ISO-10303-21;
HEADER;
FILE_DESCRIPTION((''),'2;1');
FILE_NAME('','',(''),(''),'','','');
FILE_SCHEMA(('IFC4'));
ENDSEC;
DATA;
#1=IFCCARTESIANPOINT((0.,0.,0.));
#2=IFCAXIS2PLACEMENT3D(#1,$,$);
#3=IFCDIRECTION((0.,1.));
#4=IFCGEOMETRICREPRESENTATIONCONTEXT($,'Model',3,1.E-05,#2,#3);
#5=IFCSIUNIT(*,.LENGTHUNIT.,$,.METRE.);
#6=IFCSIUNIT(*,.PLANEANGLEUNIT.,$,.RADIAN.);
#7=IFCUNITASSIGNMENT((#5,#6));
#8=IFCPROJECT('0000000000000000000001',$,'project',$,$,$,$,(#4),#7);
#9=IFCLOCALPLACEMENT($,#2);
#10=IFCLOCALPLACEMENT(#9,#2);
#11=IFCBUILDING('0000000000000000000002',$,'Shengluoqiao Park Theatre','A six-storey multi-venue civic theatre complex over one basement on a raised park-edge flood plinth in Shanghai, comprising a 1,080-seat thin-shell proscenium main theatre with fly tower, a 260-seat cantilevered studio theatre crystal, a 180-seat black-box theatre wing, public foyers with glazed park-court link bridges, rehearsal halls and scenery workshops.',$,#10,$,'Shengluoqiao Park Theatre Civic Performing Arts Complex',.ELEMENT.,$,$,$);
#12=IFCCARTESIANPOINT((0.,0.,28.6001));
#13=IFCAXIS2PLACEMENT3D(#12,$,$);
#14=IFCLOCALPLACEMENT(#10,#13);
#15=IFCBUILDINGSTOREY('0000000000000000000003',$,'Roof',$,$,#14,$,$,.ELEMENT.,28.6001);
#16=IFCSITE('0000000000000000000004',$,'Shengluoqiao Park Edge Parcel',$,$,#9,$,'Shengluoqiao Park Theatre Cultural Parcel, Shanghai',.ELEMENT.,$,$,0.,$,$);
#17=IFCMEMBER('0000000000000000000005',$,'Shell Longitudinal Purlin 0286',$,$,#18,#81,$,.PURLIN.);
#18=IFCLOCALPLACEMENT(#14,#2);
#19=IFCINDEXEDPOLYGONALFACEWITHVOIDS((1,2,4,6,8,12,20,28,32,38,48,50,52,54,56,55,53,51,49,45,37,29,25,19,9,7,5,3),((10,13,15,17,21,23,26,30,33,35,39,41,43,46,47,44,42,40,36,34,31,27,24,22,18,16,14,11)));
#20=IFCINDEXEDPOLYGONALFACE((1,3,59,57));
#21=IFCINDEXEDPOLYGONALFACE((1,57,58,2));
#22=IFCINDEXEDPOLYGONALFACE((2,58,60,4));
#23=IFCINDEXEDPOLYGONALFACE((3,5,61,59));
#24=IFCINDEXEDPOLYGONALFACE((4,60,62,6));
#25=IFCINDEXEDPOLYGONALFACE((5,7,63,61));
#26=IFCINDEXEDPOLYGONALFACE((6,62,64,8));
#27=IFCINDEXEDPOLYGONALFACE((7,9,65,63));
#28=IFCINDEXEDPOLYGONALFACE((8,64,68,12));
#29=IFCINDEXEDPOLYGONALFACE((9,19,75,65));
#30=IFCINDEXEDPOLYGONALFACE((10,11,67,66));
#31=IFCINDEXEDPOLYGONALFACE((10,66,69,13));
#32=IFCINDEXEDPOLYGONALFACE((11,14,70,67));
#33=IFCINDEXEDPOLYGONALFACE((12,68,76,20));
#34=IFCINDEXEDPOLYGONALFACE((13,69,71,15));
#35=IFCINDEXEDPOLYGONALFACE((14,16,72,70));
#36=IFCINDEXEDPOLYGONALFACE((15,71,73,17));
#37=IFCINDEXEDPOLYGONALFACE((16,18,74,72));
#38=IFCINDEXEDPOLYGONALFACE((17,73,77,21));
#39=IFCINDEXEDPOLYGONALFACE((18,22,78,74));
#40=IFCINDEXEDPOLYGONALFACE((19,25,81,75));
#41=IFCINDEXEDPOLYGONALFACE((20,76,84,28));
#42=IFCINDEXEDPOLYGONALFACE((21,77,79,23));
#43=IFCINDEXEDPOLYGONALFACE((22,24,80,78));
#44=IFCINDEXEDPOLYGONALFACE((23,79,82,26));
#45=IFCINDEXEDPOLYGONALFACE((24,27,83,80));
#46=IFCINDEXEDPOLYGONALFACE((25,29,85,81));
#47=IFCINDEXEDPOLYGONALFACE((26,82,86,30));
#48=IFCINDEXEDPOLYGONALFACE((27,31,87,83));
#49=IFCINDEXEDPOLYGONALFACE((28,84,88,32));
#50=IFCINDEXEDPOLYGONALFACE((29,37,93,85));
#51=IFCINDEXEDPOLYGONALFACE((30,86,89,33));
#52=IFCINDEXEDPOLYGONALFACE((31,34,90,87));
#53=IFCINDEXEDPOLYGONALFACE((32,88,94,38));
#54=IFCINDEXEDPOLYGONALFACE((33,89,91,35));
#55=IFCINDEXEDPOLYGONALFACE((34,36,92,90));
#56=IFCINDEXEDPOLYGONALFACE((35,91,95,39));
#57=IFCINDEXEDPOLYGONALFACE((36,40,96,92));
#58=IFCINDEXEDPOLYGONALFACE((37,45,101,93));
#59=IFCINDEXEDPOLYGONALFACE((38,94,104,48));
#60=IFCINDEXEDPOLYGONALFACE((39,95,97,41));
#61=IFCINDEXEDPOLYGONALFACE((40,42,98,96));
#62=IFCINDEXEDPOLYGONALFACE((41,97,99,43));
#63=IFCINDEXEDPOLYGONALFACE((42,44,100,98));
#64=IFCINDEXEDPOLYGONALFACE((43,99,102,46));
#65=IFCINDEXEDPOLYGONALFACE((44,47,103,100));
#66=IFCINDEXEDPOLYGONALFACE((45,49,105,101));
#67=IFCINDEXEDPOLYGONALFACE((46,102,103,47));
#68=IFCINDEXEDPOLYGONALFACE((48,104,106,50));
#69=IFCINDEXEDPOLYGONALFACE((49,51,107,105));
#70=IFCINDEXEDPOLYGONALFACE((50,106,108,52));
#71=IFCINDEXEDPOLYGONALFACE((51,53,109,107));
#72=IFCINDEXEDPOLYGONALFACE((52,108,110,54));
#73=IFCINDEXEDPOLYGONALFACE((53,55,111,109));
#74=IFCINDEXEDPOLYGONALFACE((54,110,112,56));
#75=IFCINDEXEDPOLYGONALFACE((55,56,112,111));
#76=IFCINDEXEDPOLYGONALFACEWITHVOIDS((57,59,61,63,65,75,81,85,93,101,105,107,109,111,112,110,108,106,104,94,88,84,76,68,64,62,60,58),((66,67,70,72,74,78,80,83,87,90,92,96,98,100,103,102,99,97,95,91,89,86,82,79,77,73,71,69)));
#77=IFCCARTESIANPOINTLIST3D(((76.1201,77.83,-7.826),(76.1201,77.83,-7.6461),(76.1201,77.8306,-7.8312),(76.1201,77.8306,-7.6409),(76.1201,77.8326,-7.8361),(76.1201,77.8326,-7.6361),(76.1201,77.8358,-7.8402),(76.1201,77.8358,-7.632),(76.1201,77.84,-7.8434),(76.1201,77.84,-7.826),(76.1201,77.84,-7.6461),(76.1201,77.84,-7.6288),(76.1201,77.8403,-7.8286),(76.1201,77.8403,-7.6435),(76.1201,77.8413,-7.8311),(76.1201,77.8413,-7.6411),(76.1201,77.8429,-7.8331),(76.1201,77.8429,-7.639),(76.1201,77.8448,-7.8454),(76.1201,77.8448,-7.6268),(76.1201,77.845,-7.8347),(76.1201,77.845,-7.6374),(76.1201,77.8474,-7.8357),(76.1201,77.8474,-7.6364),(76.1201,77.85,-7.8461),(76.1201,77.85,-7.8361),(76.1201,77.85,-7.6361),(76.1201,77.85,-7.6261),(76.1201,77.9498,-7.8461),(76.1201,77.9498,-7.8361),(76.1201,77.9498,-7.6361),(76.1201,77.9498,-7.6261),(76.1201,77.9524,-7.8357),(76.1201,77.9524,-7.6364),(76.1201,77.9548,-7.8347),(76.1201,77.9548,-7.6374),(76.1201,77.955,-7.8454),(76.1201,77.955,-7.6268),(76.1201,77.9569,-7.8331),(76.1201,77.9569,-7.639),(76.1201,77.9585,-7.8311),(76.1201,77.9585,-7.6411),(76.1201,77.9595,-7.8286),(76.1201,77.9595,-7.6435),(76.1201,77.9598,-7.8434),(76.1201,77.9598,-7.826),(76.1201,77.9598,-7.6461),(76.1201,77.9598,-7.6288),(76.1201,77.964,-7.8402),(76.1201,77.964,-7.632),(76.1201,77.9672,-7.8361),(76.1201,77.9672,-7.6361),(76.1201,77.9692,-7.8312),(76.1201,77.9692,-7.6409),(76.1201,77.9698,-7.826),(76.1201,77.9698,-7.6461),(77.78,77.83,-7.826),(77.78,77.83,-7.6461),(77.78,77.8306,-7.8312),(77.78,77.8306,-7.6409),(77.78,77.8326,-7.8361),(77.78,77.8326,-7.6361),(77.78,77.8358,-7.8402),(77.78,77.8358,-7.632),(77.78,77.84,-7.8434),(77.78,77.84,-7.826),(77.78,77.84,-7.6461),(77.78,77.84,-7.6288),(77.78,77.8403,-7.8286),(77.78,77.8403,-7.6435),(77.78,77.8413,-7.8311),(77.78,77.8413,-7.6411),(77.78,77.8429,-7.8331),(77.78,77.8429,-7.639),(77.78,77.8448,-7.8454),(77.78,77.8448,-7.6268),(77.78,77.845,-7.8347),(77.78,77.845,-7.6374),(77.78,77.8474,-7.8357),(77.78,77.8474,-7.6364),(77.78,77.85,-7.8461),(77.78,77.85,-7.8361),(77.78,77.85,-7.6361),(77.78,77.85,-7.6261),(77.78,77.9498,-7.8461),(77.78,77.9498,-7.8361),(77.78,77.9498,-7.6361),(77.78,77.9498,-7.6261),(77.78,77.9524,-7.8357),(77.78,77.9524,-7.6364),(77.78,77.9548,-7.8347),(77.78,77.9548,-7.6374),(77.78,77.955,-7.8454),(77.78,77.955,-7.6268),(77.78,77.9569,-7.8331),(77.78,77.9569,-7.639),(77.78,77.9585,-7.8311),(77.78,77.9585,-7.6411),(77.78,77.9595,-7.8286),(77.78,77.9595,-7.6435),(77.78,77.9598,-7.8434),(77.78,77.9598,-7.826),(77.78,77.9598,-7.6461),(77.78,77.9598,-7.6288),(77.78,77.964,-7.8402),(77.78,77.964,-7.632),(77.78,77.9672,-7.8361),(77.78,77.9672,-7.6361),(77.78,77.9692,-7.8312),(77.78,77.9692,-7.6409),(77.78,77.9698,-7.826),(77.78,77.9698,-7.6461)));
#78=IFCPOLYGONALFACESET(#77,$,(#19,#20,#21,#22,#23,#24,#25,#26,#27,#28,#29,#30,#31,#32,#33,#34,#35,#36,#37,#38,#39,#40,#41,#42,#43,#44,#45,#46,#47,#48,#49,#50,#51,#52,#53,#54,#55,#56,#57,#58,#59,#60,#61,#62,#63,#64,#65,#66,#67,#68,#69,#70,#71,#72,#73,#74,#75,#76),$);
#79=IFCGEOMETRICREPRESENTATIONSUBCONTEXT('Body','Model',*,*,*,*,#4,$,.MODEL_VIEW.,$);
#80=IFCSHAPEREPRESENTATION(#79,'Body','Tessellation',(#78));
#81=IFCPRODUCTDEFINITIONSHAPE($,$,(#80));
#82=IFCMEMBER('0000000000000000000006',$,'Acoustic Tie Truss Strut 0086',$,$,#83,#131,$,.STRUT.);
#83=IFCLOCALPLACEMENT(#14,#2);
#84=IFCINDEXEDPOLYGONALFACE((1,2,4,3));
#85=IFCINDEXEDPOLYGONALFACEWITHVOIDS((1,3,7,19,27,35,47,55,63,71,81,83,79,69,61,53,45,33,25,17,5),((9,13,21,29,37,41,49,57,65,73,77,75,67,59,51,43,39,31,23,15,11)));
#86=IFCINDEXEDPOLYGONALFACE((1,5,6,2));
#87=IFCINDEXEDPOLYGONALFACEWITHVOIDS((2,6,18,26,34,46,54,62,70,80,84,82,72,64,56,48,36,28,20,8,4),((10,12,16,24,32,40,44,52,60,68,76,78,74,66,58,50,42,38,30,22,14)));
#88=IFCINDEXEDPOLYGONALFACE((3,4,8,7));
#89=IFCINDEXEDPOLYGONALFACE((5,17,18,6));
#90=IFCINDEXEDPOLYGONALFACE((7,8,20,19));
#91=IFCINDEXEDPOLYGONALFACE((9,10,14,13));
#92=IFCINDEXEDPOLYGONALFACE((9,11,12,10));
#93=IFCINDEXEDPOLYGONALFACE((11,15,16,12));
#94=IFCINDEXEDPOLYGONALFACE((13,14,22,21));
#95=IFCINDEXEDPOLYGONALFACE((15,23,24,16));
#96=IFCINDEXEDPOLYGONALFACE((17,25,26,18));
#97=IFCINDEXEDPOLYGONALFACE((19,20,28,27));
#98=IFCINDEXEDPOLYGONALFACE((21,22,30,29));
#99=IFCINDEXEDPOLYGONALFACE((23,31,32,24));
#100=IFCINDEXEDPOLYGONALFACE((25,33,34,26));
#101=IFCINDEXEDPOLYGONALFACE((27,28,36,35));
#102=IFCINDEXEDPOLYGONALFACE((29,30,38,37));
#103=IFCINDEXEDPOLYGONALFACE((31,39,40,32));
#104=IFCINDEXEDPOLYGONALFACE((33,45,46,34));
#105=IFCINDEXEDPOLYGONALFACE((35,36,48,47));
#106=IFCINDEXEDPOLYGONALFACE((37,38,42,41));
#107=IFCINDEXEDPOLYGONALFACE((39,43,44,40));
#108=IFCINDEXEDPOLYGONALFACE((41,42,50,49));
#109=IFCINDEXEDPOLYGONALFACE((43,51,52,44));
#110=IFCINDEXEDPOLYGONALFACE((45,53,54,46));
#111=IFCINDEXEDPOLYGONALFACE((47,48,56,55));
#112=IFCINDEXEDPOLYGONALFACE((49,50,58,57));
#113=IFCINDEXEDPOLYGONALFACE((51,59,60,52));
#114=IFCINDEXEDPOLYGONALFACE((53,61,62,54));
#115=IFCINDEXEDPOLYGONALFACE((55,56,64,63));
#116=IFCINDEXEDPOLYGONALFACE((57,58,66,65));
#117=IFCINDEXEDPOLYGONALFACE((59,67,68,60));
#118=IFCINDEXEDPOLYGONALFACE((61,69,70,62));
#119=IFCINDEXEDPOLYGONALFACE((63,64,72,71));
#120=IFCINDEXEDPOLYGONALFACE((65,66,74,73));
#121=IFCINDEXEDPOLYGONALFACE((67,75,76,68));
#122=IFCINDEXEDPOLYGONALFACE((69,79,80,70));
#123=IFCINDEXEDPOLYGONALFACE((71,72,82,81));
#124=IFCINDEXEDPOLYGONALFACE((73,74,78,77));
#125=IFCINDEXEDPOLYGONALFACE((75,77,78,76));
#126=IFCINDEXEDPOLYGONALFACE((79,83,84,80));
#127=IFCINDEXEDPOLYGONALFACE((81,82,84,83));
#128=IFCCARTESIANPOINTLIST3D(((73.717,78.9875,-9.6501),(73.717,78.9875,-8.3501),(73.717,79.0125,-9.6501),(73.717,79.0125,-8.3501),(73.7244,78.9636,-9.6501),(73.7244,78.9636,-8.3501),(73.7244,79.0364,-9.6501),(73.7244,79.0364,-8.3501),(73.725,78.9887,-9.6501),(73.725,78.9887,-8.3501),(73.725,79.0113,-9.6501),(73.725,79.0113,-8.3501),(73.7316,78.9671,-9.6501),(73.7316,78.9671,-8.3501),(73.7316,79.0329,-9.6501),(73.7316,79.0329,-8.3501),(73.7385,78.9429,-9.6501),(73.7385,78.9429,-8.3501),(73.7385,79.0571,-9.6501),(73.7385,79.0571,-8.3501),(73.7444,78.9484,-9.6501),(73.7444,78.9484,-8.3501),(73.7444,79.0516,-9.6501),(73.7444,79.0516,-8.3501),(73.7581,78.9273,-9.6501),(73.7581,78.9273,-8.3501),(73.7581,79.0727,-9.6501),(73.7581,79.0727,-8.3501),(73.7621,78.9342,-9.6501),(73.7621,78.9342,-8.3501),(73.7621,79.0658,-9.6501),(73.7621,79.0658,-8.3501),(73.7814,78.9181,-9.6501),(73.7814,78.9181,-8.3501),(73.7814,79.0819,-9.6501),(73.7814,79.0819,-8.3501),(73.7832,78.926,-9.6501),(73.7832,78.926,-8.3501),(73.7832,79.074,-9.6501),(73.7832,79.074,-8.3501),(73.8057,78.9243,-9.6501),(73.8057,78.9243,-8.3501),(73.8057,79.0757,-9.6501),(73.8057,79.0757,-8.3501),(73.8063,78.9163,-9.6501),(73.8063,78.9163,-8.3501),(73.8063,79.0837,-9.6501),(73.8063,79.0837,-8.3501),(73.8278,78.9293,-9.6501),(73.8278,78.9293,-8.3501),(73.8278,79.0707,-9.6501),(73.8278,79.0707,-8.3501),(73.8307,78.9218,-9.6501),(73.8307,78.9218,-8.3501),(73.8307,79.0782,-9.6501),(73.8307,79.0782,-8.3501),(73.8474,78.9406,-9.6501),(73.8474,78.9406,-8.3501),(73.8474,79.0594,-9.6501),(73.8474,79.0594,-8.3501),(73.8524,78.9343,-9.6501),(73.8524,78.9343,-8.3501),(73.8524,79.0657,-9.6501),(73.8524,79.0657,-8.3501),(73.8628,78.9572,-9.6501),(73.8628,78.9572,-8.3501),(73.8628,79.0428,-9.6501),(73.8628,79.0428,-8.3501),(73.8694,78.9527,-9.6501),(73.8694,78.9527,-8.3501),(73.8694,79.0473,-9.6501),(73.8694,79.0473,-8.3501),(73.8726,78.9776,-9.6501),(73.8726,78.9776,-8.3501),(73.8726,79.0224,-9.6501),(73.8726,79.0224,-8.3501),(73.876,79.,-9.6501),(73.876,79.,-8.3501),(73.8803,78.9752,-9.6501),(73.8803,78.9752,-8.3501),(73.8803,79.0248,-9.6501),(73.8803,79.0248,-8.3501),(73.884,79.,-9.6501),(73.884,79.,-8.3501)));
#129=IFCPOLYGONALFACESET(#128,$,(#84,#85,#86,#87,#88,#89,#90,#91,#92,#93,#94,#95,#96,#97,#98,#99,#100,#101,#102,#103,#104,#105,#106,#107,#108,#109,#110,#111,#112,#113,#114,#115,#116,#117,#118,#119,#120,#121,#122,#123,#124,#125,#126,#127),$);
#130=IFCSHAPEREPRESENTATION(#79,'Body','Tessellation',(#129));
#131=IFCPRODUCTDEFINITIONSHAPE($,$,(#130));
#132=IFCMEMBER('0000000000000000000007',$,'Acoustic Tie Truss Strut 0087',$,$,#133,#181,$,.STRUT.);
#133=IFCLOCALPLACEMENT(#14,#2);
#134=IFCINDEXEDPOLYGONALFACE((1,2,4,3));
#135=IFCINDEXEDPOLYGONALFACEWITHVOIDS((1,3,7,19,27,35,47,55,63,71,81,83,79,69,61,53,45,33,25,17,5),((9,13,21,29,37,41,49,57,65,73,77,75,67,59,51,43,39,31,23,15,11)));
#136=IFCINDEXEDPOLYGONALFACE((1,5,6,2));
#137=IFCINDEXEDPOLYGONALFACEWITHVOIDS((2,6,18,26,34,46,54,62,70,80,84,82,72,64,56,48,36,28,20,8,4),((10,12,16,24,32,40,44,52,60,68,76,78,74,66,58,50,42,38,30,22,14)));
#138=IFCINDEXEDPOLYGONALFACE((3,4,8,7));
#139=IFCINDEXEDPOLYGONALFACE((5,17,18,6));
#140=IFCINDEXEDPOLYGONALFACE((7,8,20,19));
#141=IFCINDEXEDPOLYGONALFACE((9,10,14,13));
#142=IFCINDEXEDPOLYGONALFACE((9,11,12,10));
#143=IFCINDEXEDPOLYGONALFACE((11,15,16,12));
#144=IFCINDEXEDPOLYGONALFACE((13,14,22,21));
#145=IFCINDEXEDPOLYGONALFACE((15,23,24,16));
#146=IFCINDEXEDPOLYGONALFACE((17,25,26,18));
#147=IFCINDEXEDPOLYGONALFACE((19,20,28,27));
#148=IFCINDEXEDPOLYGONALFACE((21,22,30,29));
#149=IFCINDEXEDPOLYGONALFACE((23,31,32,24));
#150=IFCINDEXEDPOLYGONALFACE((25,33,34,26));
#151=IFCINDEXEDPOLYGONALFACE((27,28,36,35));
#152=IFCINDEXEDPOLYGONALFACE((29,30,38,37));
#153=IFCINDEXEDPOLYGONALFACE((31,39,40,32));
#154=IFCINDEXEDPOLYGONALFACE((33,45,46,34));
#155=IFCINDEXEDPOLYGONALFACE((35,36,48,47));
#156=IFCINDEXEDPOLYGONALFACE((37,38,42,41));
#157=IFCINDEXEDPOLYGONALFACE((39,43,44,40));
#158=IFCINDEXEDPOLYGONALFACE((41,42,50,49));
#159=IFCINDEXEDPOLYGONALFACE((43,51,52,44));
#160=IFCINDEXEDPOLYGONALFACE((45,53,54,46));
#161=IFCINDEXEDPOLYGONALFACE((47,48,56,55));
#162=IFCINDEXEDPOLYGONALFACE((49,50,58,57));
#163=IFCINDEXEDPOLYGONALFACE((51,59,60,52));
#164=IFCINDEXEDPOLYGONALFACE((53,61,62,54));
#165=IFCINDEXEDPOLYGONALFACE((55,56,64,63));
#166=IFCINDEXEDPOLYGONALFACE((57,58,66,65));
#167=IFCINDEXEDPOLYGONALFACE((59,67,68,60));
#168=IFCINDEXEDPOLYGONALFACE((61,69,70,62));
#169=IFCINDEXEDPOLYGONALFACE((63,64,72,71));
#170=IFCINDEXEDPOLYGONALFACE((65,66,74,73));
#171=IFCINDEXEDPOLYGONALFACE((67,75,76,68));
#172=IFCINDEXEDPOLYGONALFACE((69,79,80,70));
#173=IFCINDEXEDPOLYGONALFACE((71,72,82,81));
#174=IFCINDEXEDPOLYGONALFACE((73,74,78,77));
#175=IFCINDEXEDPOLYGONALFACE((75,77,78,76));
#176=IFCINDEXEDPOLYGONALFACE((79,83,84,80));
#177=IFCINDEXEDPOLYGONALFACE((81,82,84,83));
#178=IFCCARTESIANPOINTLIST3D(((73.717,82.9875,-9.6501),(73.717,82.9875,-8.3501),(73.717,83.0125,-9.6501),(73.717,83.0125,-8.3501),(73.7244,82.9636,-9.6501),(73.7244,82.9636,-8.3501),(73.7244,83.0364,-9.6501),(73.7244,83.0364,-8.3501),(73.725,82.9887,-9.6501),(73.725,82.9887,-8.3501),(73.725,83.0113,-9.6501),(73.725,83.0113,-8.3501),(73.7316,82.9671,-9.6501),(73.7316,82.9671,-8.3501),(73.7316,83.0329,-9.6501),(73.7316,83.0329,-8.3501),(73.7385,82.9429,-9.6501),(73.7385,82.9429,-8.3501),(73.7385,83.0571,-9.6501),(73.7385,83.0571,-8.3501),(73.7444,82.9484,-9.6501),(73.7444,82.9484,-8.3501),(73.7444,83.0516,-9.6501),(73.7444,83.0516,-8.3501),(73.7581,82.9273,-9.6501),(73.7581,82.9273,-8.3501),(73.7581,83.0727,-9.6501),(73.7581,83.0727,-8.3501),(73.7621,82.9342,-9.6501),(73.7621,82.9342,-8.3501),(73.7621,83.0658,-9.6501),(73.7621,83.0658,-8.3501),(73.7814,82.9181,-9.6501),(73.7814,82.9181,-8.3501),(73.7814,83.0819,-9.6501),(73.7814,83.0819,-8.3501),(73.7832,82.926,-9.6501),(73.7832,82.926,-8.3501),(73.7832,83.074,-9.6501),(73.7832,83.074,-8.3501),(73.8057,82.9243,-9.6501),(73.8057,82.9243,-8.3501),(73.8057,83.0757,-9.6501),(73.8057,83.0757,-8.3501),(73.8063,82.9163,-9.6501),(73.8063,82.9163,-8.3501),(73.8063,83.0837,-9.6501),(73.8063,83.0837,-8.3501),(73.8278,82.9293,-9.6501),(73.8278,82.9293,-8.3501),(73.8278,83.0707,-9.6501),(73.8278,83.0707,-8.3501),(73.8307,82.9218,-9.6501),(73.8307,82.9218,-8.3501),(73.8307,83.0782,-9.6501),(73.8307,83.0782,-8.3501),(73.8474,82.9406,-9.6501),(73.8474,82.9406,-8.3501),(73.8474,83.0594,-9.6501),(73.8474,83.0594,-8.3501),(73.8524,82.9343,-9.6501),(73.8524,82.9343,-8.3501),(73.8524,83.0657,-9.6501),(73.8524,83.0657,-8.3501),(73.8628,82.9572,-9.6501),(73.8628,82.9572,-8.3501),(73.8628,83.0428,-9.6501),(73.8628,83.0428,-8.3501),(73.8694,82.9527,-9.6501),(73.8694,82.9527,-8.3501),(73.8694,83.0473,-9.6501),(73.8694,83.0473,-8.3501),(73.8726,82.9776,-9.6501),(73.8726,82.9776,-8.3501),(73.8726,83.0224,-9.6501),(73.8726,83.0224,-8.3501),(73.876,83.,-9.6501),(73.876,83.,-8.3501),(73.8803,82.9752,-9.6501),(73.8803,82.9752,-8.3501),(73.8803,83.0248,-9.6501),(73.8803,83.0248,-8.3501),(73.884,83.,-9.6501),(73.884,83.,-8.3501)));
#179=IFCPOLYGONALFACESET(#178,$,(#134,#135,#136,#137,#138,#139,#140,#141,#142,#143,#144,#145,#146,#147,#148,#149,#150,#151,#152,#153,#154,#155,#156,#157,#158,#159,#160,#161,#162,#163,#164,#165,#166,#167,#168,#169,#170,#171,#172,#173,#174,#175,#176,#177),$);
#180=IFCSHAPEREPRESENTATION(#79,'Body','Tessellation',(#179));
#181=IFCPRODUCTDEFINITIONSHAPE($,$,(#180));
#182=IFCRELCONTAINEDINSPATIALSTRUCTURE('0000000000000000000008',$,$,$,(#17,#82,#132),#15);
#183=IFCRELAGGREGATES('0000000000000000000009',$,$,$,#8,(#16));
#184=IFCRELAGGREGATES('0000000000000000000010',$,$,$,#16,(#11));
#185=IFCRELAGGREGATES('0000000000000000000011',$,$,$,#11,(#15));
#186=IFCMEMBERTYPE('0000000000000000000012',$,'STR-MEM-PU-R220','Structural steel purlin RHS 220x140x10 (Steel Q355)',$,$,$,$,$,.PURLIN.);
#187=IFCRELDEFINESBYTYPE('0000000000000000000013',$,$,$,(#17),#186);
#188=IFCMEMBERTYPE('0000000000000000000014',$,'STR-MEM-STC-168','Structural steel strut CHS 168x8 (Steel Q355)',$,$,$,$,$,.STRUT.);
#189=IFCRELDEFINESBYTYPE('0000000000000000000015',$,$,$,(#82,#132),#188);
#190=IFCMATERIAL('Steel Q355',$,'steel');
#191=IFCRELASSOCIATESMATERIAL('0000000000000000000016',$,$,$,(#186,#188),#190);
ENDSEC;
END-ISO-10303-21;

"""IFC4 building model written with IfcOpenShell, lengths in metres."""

from ifc_helpers import new_model, si_unit, direction, frame, origin, origin_2d, place, context, subcontext, project, spatial, hollow_rectangle, hollow_circle, extrude, material, material_profile, profile_set, type_object, element, save


model = new_model("IFC4")

# Units and contexts
model_context = context("Model", 3, precision=1e-05, world=origin(), true_north=direction((0.0, 1.0)))
body_context = subcontext(model_context, "Body", "Model", "MODEL_VIEW")
ifc_project = project(units=[si_unit("LENGTHUNIT", "METRE"), si_unit("PLANEANGLEUNIT", "RADIAN")], contexts=[model_context])

# Site, building, storey
site_placement = place(None, origin())
site = spatial("IfcSite", under=ifc_project, at=site_placement, Name="Shengluoqiao Park Edge Parcel", LongName="Shengluoqiao Park Theatre Cultural Parcel, Shanghai", CompositionType="ELEMENT", RefElevation=0.0)
building_placement = place(site_placement, origin())
building = spatial("IfcBuilding", under=site, at=building_placement, Name="Shengluoqiao Park Theatre", Description="A six-storey multi-venue civic theatre complex over one basement on a raised park-edge flood plinth in Shanghai, comprising a 1,080-seat thin-shell proscenium main theatre with fly tower, a 260-seat cantilevered studio theatre crystal, a 180-seat black-box theatre wing, public foyers with glazed park-court link bridges, rehearsal halls and scenery workshops.", LongName="Shengluoqiao Park Theatre Civic Performing Arts Complex", CompositionType="ELEMENT")
storey_placement = place(building_placement, frame((0.0, 0.0, 28.6001)))
storey = spatial("IfcBuildingStorey", under=building, at=storey_placement, Name="Roof", CompositionType="ELEMENT", Elevation=28.6001)

# Shared definitions
ifc_material_1 = material(Name="Steel Q355", Category="steel")

# Members
ifc_material_profile_1 = material_profile(ifc_material_1, hollow_rectangle(XDim=0.1399, YDim=0.22, WallThickness=0.01, InnerFilletRadius=0.01, OuterFilletRadius=0.02, at=origin_2d()), Name="RHS 220x140x10")
ifc_profile_set_1 = profile_set([ifc_material_profile_1], Name="Steel Q355")
member_type_1 = type_object("IfcMemberType", Name="STR-MEM-PU-R220", Description="Structural steel purlin RHS 220x140x10 (Steel Q355)", PredefinedType="PURLIN", material=ifc_profile_set_1)
for number, where, z_axis, x_axis, name in (
    (1, (76.1201, 77.8999, -7.7361), (1.0, 0.0, 0.0), (0.0, 1.0, 0.0), "Shell Longitudinal Purlin 0286"),
):
    element("IfcMember", number, at=place(storey_placement, frame(where, z_axis=z_axis, x_axis=x_axis)), inside=storey, type_object=member_type_1, Name=name, PredefinedType="PURLIN", context=body_context, shape_type="SweptSolid", body=[
        extrude(hollow_rectangle(XDim=0.1399, YDim=0.22, WallThickness=0.01, InnerFilletRadius=0.01, OuterFilletRadius=0.02, at=origin_2d()), origin(), (0.0, 0.0, 1.0), 1.6599),
    ])
ifc_material_profile_2 = material_profile(ifc_material_1, hollow_circle(Radius=0.084, WallThickness=0.0081, at=origin_2d()), Name="CHS 168x8")
ifc_profile_set_2 = profile_set([ifc_material_profile_2], Name="Steel Q355")
member_type_2 = type_object("IfcMemberType", Name="STR-MEM-STC-168", Description="Structural steel strut CHS 168x8 (Steel Q355)", PredefinedType="STRUT", material=ifc_profile_set_2)
for number, where, z_axis, x_axis, name in (
    (2, (73.8, 79.0, -9.6501), (0.0, 0.0, 1.0), (1.0, 0.0, 0.0), "Acoustic Tie Truss Strut 0086"),
    (3, (73.8, 83.0, -9.6501), (0.0, 0.0, 1.0), (1.0, 0.0, 0.0), "Acoustic Tie Truss Strut 0087"),
):
    element("IfcMember", number, at=place(storey_placement, frame(where, z_axis=z_axis, x_axis=x_axis)), inside=storey, type_object=member_type_2, Name=name, PredefinedType="STRUT", context=body_context, shape_type="SweptSolid", body=[
        extrude(hollow_circle(Radius=0.084, WallThickness=0.0081, at=origin_2d()), origin(), (0.0, 0.0, 1.0), 1.3),
    ])

save(model, "model.ifc")
